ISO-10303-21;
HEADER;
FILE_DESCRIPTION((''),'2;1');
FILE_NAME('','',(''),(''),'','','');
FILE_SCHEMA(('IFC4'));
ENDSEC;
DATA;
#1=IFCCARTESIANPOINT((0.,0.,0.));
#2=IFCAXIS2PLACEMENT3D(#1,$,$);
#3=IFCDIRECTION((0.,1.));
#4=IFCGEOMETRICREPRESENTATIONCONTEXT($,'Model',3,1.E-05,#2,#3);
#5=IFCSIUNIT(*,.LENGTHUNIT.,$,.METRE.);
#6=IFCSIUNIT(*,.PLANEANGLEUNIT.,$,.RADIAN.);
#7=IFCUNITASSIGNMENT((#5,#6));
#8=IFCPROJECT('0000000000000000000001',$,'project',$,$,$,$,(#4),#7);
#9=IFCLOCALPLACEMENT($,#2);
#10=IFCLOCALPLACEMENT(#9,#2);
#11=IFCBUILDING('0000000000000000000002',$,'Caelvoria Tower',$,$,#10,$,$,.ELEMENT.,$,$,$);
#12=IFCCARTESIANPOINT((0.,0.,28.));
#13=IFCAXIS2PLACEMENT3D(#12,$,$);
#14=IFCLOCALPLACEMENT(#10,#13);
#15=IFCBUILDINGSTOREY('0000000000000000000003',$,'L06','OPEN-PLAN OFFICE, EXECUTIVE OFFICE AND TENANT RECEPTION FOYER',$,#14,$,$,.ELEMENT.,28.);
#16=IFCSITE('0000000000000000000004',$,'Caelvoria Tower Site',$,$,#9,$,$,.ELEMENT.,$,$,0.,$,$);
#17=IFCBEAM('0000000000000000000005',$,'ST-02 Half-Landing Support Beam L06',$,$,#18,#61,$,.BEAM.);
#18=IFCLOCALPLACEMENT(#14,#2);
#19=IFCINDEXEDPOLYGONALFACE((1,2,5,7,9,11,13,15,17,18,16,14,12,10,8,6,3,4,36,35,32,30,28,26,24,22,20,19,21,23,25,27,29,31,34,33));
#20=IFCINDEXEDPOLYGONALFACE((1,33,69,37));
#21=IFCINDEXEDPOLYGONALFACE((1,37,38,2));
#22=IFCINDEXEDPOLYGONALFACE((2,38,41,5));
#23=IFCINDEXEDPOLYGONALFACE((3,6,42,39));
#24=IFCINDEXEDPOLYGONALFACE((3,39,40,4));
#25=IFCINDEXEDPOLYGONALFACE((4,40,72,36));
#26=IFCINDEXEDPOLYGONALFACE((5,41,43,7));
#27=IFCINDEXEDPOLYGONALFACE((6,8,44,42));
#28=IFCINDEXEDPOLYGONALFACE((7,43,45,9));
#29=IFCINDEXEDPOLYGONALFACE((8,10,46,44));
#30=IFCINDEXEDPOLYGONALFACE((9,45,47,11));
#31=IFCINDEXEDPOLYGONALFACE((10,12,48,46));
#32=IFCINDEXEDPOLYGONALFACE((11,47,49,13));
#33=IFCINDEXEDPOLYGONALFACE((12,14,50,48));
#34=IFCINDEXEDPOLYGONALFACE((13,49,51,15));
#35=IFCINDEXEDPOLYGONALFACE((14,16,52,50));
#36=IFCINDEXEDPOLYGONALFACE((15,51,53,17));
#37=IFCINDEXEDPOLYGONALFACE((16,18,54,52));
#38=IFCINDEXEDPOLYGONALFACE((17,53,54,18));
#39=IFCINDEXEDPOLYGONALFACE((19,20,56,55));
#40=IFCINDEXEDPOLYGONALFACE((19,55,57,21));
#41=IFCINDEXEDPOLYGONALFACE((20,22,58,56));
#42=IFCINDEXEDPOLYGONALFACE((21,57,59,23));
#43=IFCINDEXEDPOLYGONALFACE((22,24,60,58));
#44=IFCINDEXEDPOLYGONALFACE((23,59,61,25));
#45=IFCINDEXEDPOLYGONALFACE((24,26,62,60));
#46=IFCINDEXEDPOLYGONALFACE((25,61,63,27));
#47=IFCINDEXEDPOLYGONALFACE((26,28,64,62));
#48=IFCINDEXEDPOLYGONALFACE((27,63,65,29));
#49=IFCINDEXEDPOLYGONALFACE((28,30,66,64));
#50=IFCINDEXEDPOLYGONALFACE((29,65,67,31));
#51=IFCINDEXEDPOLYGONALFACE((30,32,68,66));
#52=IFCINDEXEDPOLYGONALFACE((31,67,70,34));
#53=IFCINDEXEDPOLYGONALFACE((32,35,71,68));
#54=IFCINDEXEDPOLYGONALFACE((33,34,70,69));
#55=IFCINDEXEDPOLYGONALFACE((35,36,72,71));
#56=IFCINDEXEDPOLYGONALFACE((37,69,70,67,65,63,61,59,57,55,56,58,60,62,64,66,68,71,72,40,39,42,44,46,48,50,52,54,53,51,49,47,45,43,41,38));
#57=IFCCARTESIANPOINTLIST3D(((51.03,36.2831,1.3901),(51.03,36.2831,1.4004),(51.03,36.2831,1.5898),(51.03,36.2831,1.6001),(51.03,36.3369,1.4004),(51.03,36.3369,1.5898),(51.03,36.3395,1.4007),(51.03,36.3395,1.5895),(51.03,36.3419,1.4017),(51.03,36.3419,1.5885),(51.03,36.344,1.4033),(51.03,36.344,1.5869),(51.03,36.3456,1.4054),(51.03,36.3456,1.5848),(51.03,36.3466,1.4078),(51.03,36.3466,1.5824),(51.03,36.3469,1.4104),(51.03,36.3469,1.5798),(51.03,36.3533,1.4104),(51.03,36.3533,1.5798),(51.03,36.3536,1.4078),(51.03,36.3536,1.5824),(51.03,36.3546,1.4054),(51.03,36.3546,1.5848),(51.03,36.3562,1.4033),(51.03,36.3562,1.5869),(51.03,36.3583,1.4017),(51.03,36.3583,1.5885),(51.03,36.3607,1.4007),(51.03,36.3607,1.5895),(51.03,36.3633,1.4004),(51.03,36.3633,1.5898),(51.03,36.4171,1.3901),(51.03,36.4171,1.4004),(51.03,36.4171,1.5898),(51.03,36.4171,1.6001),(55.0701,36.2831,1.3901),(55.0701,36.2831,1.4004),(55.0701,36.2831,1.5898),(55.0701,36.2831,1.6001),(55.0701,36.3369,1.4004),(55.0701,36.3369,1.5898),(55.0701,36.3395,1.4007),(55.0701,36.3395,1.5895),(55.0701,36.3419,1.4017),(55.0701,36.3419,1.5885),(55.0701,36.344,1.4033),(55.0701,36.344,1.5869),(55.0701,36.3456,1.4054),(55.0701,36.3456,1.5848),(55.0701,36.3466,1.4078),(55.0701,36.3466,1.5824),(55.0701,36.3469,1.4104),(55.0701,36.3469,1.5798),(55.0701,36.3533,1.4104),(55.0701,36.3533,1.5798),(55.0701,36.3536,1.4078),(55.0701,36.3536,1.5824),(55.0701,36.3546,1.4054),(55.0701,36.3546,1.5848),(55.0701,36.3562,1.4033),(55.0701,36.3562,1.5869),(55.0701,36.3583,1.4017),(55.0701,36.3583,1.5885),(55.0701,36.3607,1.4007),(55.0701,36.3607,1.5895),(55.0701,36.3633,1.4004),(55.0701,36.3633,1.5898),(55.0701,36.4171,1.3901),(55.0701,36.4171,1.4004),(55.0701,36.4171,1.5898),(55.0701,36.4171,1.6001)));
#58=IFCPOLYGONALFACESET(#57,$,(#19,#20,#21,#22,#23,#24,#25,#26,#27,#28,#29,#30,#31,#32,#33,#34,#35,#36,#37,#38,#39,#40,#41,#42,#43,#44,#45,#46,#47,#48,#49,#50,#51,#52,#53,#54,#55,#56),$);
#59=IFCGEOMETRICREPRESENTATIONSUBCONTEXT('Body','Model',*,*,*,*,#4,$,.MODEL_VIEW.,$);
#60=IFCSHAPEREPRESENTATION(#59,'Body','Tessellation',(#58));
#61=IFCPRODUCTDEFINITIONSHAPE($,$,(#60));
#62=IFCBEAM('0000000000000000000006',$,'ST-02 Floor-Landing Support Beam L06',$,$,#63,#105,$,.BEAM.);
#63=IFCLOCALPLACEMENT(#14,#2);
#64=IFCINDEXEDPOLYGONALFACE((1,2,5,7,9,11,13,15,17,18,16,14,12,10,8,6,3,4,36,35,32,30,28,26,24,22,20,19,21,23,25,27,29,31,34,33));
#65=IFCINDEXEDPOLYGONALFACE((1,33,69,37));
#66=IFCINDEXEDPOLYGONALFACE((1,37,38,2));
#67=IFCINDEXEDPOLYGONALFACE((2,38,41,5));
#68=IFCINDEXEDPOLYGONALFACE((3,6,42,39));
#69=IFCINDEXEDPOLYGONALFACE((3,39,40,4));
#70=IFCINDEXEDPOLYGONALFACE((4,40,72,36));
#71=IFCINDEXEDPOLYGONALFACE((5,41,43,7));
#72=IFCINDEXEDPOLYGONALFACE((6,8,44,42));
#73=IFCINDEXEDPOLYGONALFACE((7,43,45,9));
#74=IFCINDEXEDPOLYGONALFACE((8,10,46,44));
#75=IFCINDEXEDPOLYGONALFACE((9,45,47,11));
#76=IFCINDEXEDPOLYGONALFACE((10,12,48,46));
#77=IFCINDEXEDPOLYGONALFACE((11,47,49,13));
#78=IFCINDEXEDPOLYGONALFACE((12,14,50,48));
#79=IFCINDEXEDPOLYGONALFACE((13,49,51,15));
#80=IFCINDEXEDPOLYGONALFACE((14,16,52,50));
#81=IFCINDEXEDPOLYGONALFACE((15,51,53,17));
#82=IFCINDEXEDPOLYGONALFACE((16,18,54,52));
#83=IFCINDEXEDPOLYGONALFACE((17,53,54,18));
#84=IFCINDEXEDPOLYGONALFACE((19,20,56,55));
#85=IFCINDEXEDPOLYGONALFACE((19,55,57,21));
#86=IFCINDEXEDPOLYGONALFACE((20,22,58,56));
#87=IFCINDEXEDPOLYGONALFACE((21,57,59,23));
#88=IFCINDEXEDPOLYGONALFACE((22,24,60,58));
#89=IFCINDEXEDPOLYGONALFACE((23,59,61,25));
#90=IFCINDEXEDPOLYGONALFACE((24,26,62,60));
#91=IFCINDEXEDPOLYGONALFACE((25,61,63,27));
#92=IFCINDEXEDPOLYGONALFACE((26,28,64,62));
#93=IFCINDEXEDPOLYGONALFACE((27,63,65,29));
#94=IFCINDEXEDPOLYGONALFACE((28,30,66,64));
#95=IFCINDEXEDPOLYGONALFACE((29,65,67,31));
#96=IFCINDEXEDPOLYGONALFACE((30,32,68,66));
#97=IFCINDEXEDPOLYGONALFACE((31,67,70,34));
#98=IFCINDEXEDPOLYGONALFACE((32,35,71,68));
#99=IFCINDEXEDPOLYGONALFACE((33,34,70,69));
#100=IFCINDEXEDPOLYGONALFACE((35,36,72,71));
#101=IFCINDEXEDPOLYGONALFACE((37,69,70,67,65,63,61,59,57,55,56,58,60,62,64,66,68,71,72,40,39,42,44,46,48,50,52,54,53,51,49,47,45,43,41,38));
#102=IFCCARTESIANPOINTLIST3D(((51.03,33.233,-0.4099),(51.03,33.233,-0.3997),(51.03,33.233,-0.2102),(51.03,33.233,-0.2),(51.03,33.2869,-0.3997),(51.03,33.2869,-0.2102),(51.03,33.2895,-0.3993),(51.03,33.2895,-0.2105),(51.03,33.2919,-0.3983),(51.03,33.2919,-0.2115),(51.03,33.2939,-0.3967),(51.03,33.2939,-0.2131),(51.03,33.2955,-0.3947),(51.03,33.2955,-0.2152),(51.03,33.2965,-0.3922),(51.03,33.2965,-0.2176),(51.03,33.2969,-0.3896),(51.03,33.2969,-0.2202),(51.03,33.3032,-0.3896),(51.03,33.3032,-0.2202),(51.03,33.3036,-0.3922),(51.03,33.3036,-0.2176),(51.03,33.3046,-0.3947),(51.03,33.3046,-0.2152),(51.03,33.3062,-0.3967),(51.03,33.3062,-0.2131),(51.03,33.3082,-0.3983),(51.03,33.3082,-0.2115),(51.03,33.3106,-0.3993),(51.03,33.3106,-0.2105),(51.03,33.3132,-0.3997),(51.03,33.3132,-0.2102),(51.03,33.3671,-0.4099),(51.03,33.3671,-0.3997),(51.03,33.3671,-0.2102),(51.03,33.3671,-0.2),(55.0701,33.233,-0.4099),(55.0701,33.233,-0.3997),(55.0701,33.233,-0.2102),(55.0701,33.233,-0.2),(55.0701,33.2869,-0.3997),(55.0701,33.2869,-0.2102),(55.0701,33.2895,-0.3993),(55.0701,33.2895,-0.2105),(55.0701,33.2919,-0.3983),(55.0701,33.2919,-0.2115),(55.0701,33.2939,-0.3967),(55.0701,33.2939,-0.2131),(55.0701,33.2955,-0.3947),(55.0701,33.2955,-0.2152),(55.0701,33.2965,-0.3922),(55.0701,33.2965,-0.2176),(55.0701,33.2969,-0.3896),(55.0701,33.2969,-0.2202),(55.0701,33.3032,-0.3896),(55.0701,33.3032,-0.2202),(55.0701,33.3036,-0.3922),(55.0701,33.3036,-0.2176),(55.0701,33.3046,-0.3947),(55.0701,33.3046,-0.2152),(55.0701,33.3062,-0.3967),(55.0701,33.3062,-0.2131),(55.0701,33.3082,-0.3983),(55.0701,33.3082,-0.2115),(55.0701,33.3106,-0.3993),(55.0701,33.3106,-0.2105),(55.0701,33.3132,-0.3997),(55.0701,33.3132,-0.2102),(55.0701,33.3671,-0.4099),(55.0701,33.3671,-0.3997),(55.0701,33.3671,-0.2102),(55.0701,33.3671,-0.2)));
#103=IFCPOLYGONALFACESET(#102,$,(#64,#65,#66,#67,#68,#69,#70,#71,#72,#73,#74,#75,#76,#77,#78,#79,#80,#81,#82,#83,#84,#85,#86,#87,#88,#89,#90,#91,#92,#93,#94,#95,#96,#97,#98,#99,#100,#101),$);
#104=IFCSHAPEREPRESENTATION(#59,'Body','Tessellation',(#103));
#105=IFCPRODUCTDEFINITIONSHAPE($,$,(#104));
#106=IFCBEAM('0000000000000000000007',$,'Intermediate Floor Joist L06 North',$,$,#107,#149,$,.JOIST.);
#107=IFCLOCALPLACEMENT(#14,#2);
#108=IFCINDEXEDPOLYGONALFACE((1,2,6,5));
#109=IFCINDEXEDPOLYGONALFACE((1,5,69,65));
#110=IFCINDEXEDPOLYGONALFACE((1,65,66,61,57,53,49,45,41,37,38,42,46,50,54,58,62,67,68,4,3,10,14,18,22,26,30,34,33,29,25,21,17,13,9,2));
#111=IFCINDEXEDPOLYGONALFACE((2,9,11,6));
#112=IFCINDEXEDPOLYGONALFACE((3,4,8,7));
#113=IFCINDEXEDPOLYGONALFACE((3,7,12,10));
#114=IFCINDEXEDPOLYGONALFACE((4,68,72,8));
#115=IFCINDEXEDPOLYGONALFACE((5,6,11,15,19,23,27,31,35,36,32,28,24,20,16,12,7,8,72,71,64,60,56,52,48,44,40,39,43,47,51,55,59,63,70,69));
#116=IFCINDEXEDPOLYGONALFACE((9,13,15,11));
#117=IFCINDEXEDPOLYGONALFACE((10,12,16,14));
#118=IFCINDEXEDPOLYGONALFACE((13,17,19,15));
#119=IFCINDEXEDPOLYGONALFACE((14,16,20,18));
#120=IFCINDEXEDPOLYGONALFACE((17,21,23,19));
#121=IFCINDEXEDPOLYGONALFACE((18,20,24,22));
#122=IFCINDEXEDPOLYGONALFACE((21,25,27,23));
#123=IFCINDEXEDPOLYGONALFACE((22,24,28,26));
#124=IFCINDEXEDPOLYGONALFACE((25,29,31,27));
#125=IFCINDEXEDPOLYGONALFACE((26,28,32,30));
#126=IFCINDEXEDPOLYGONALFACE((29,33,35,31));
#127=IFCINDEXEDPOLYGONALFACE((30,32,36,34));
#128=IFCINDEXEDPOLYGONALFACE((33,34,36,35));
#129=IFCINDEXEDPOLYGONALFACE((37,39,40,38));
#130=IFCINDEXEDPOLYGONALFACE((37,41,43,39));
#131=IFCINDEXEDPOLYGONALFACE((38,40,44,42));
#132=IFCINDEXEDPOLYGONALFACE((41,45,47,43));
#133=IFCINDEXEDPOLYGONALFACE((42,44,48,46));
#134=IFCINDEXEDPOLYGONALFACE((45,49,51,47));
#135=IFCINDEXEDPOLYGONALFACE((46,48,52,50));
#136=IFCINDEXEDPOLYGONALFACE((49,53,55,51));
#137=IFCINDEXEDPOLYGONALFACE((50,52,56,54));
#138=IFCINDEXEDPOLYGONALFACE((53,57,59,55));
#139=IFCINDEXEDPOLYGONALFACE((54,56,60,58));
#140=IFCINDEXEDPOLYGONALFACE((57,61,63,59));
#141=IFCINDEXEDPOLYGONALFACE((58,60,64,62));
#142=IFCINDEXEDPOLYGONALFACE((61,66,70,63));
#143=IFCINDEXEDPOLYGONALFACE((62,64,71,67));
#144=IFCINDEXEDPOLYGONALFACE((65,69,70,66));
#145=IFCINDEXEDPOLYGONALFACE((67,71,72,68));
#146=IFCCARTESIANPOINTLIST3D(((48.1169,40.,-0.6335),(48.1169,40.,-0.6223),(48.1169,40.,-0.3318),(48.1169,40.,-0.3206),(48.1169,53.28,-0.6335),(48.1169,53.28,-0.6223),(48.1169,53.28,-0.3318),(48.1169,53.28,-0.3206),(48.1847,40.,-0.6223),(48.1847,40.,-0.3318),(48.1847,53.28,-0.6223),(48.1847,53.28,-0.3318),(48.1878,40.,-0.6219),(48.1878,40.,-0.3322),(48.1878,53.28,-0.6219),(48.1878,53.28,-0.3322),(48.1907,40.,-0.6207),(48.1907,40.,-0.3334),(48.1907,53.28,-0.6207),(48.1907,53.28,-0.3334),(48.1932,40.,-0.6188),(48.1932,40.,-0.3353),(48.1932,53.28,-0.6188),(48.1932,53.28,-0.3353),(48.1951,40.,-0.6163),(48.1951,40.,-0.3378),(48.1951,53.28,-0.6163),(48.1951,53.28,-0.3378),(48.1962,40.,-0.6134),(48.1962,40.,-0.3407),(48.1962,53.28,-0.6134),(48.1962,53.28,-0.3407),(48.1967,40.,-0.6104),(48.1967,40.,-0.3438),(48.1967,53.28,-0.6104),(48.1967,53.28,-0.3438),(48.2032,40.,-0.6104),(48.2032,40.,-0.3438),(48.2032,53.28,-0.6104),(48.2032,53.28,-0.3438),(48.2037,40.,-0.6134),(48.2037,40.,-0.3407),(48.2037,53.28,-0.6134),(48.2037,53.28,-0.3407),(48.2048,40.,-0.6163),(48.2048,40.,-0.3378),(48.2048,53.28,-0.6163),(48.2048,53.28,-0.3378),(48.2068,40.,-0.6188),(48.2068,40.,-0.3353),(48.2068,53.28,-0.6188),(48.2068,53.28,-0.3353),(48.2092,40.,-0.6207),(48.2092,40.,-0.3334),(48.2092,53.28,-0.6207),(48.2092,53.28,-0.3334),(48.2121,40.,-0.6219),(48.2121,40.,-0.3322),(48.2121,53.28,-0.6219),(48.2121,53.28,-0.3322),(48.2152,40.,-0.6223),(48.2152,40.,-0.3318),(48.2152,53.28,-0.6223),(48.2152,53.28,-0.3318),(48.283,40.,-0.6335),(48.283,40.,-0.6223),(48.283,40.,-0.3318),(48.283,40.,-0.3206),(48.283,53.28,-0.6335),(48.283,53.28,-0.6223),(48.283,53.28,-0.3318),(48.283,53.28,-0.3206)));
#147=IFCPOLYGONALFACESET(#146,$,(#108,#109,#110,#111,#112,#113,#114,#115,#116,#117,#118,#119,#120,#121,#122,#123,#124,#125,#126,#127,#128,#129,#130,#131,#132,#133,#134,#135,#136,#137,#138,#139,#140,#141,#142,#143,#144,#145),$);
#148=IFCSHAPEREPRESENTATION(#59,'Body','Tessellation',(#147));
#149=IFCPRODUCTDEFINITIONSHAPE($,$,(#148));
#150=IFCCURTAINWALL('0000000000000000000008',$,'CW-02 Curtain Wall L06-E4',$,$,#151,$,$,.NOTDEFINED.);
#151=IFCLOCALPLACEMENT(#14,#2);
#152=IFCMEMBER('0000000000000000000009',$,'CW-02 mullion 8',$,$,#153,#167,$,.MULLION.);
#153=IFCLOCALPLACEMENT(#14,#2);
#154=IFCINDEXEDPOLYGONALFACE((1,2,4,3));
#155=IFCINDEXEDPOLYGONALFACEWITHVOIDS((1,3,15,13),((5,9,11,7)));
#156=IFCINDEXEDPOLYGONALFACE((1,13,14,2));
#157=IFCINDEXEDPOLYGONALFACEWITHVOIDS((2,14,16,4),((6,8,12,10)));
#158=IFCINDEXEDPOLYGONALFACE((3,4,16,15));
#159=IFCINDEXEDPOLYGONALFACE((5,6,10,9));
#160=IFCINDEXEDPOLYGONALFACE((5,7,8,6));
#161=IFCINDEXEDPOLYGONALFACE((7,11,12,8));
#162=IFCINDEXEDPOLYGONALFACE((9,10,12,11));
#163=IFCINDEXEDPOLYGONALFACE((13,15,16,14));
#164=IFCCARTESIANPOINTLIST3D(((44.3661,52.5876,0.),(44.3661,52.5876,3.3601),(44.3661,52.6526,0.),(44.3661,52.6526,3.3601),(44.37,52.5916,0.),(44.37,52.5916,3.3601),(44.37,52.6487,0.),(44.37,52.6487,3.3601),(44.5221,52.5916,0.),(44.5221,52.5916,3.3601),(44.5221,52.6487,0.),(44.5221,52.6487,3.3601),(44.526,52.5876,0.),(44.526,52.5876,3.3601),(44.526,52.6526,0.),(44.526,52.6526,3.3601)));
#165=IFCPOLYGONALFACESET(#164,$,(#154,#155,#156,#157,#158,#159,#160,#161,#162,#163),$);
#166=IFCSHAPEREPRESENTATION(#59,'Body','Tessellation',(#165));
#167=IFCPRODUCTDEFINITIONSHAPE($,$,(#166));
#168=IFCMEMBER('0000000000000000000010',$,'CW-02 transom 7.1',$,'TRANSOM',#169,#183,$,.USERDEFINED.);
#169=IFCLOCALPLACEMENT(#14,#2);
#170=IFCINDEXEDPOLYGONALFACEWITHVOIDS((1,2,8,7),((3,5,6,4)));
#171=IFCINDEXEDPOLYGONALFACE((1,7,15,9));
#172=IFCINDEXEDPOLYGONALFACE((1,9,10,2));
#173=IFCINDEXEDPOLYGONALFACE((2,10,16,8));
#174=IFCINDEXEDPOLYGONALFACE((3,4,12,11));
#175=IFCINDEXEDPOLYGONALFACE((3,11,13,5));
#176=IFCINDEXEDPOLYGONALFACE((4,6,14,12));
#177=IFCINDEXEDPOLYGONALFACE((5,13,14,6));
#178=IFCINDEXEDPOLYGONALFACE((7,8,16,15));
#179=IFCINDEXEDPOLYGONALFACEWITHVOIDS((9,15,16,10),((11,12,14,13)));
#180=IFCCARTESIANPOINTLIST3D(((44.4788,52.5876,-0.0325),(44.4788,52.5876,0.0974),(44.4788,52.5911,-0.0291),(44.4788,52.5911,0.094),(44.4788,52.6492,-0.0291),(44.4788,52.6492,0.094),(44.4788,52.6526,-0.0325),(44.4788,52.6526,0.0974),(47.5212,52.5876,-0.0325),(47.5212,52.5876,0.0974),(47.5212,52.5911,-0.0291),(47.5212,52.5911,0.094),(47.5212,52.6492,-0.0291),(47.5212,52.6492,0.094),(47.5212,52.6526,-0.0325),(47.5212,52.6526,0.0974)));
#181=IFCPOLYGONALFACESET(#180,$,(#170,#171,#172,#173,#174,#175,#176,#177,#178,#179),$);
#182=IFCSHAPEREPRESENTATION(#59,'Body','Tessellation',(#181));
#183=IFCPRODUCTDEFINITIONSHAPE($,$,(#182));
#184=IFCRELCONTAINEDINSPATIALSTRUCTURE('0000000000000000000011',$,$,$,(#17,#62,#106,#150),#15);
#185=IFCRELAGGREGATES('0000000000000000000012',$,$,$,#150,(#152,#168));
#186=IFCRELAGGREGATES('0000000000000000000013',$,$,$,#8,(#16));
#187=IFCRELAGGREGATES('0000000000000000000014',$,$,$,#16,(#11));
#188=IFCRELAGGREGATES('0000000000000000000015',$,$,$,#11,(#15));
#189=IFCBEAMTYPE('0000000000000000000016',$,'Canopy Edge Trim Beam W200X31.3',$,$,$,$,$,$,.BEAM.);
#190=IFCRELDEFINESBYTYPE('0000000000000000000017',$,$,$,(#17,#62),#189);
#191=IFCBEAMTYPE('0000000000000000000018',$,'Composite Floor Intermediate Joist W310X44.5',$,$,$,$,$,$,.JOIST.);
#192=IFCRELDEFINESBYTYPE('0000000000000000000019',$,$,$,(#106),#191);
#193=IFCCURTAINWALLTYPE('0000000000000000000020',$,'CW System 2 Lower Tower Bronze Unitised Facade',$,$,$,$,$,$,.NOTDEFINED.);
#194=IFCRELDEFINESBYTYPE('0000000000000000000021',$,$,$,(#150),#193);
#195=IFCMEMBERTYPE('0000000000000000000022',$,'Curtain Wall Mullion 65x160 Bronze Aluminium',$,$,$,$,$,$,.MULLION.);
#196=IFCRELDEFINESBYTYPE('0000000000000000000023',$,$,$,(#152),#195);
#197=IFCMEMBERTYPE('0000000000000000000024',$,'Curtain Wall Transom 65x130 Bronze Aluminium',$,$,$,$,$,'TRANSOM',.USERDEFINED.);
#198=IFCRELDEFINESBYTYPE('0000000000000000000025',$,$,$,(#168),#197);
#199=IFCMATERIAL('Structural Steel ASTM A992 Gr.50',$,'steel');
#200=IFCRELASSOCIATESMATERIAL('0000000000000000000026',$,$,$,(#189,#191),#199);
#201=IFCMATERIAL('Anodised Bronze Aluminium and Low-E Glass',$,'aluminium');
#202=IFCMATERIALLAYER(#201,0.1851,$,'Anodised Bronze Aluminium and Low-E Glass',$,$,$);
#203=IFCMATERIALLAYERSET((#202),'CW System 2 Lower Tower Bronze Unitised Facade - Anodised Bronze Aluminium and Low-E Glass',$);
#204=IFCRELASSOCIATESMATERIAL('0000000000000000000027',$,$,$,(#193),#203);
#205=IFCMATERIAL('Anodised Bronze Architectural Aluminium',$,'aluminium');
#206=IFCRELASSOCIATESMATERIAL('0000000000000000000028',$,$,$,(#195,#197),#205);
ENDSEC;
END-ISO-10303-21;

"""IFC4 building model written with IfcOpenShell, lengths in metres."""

from ifc_helpers import new_model, si_unit, direction, frame, origin, origin_2d, place, context, subcontext, project, spatial, hollow_rectangle, i_section, extrude, material, layer, layer_set, material_profile, profile_set, type_object, element, aggregate, save


model = new_model("IFC4")

# Units and contexts
model_context = context("Model", 3, precision=1e-05, world=origin(), true_north=direction((0.0, 1.0)))
body_context = subcontext(model_context, "Body", "Model", "MODEL_VIEW")
ifc_project = project(units=[si_unit("LENGTHUNIT", "METRE"), si_unit("PLANEANGLEUNIT", "RADIAN")], contexts=[model_context])

# Site, building, storey
site_placement = place(None, origin())
site = spatial("IfcSite", under=ifc_project, at=site_placement, Name="Caelvoria Tower Site", CompositionType="ELEMENT", RefElevation=0.0)
building_placement = place(site_placement, origin())
building = spatial("IfcBuilding", under=site, at=building_placement, Name="Caelvoria Tower", CompositionType="ELEMENT")
storey_placement = place(building_placement, frame((0.0, 0.0, 28.0)))
storey = spatial("IfcBuildingStorey", under=building, at=storey_placement, Name="L06", Description="OPEN-PLAN OFFICE, EXECUTIVE OFFICE AND TENANT RECEPTION FOYER", CompositionType="ELEMENT", Elevation=28.0)

# Beams
ifc_material_1 = material(Name="Structural Steel ASTM A992 Gr.50", Category="steel")
ifc_material_profile_1 = material_profile(ifc_material_1, i_section(OverallWidth=0.134, OverallDepth=0.21, WebThickness=0.0063, FlangeThickness=0.0103, FilletRadius=0.01, at=origin_2d()), Name="Structural Steel ASTM A992 Gr.50")
ifc_profile_set_1 = profile_set([ifc_material_profile_1], Name="W200X31.3 - Structural Steel ASTM A992 Gr.50")
beam_type_1 = type_object("IfcBeamType", Name="Canopy Edge Trim Beam W200X31.3", PredefinedType="BEAM", material=ifc_profile_set_1)
for number, where, z_axis, x_axis, name in (
    (1, (51.03, 36.3501, 1.4951), (1.0, 0.0, 0.0), (0.0, 1.0, 0.0), "ST-02 Half-Landing Support Beam L06"),
    (2, (51.03, 33.3, -0.3049), (1.0, 0.0, 0.0), (0.0, 1.0, 0.0), "ST-02 Floor-Landing Support Beam L06"),
):
    element("IfcBeam", number, at=place(storey_placement, frame(where, z_axis=z_axis, x_axis=x_axis)), inside=storey, type_object=beam_type_1, Name=name, PredefinedType="BEAM", context=body_context, shape_type="SweptSolid", body=[
        extrude(i_section(OverallWidth=0.134, OverallDepth=0.21, WebThickness=0.0063, FlangeThickness=0.0103, FilletRadius=0.01, at=origin_2d()), origin(), (0.0, 0.0, 1.0), 4.04),
    ])
ifc_material_profile_2 = material_profile(ifc_material_1, i_section(OverallWidth=0.166, OverallDepth=0.313, WebThickness=0.0066, FlangeThickness=0.0112, FilletRadius=0.012, at=origin_2d()), Name="Structural Steel ASTM A992 Gr.50")
ifc_profile_set_2 = profile_set([ifc_material_profile_2], Name="W310X44.5 - Structural Steel ASTM A992 Gr.50")
beam_type_2 = type_object("IfcBeamType", Name="Composite Floor Intermediate Joist W310X44.5", PredefinedType="JOIST", material=ifc_profile_set_2)
beam_1_placement = place(storey_placement, frame((48.2, 40.0, -0.4771), z_axis=(0.0, 1.0, 0.0), x_axis=(-1.0, 0.0, 0.0)))
element("IfcBeam", 3, at=beam_1_placement, inside=storey, type_object=beam_type_2, Name="Intermediate Floor Joist L06 North", PredefinedType="JOIST", context=body_context, shape_type="SweptSolid", body=[
    extrude(i_section(OverallWidth=0.166, OverallDepth=0.313, WebThickness=0.0066, FlangeThickness=0.0112, FilletRadius=0.012, at=origin_2d()), origin(), (0.0, 0.0, 1.0), 13.28),
])

# Curtain wall, members
ifc_material_2 = material(Name="Anodised Bronze Aluminium and Low-E Glass", Category="aluminium")
ifc_layer_1 = layer(ifc_material_2, 0.1851, Name="Anodised Bronze Aluminium and Low-E Glass")
ifc_layer_set_1 = layer_set([ifc_layer_1], Name="CW System 2 Lower Tower Bronze Unitised Facade - Anodised Bronze Aluminium and Low-E Glass")
curtain_wall_type = type_object("IfcCurtainWallType", Name="CW System 2 Lower Tower Bronze Unitised Facade", PredefinedType="NOTDEFINED", material=ifc_layer_set_1)
curtain_wall_placement = place(storey_placement, origin())
curtain_wall = element("IfcCurtainWall", 4, at=curtain_wall_placement, inside=storey, type_object=curtain_wall_type, Name="CW-02 Curtain Wall L06-E4", PredefinedType="NOTDEFINED")
ifc_material_3 = material(Name="Anodised Bronze Architectural Aluminium", Category="aluminium")
ifc_material_profile_3 = material_profile(ifc_material_3, hollow_rectangle(XDim=0.0649, YDim=0.1599, WallThickness=0.0039, at=origin_2d()), Name="Anodised Bronze Architectural Aluminium")
ifc_profile_set_3 = profile_set([ifc_material_profile_3], Name="CW_MULL_65X160 - Anodised Bronze Architectural Aluminium")
member_type_1 = type_object("IfcMemberType", Name="Curtain Wall Mullion 65x160 Bronze Aluminium", PredefinedType="MULLION", material=ifc_profile_set_3)
member_1_placement = place(storey_placement, frame((44.446, 52.6201, 0.0), z_axis=(0.0, 0.0, 1.0), x_axis=(0.0, -1.0, 0.0)))
member_1 = element("IfcMember", 5, at=member_1_placement, type_object=member_type_1, Name="CW-02 mullion 8", PredefinedType="MULLION", context=body_context, shape_type="SweptSolid", body=[
    extrude(hollow_rectangle(XDim=0.0649, YDim=0.1599, WallThickness=0.0039, at=origin_2d()), origin(), (0.0, 0.0, 1.0), 3.3601),
])
ifc_material_profile_4 = material_profile(ifc_material_3, hollow_rectangle(XDim=0.0649, YDim=0.1299, WallThickness=0.0034, at=origin_2d()), Name="Anodised Bronze Architectural Aluminium")
ifc_profile_set_4 = profile_set([ifc_material_profile_4], Name="CW_TRAN_65X130 - Anodised Bronze Architectural Aluminium")
member_type_2 = type_object("IfcMemberType", Name="Curtain Wall Transom 65x130 Bronze Aluminium", ElementType="TRANSOM", PredefinedType="USERDEFINED", material=ifc_profile_set_4)
member_2_placement = place(storey_placement, frame((47.5212, 52.6201, 0.0325), z_axis=(-1.0, 0.0, 0.0), x_axis=(0.0, -1.0, 0.0)))
member_2 = element("IfcMember", 6, at=member_2_placement, type_object=member_type_2, Name="CW-02 transom 7.1", ObjectType="TRANSOM", PredefinedType="USERDEFINED", context=body_context, shape_type="SweptSolid", body=[
    extrude(hollow_rectangle(XDim=0.0649, YDim=0.1299, WallThickness=0.0034, at=origin_2d()), origin(), (0.0, 0.0, 1.0), 3.0425),
])

aggregate(curtain_wall, [member_1, member_2])

save(model, "model.ifc")
